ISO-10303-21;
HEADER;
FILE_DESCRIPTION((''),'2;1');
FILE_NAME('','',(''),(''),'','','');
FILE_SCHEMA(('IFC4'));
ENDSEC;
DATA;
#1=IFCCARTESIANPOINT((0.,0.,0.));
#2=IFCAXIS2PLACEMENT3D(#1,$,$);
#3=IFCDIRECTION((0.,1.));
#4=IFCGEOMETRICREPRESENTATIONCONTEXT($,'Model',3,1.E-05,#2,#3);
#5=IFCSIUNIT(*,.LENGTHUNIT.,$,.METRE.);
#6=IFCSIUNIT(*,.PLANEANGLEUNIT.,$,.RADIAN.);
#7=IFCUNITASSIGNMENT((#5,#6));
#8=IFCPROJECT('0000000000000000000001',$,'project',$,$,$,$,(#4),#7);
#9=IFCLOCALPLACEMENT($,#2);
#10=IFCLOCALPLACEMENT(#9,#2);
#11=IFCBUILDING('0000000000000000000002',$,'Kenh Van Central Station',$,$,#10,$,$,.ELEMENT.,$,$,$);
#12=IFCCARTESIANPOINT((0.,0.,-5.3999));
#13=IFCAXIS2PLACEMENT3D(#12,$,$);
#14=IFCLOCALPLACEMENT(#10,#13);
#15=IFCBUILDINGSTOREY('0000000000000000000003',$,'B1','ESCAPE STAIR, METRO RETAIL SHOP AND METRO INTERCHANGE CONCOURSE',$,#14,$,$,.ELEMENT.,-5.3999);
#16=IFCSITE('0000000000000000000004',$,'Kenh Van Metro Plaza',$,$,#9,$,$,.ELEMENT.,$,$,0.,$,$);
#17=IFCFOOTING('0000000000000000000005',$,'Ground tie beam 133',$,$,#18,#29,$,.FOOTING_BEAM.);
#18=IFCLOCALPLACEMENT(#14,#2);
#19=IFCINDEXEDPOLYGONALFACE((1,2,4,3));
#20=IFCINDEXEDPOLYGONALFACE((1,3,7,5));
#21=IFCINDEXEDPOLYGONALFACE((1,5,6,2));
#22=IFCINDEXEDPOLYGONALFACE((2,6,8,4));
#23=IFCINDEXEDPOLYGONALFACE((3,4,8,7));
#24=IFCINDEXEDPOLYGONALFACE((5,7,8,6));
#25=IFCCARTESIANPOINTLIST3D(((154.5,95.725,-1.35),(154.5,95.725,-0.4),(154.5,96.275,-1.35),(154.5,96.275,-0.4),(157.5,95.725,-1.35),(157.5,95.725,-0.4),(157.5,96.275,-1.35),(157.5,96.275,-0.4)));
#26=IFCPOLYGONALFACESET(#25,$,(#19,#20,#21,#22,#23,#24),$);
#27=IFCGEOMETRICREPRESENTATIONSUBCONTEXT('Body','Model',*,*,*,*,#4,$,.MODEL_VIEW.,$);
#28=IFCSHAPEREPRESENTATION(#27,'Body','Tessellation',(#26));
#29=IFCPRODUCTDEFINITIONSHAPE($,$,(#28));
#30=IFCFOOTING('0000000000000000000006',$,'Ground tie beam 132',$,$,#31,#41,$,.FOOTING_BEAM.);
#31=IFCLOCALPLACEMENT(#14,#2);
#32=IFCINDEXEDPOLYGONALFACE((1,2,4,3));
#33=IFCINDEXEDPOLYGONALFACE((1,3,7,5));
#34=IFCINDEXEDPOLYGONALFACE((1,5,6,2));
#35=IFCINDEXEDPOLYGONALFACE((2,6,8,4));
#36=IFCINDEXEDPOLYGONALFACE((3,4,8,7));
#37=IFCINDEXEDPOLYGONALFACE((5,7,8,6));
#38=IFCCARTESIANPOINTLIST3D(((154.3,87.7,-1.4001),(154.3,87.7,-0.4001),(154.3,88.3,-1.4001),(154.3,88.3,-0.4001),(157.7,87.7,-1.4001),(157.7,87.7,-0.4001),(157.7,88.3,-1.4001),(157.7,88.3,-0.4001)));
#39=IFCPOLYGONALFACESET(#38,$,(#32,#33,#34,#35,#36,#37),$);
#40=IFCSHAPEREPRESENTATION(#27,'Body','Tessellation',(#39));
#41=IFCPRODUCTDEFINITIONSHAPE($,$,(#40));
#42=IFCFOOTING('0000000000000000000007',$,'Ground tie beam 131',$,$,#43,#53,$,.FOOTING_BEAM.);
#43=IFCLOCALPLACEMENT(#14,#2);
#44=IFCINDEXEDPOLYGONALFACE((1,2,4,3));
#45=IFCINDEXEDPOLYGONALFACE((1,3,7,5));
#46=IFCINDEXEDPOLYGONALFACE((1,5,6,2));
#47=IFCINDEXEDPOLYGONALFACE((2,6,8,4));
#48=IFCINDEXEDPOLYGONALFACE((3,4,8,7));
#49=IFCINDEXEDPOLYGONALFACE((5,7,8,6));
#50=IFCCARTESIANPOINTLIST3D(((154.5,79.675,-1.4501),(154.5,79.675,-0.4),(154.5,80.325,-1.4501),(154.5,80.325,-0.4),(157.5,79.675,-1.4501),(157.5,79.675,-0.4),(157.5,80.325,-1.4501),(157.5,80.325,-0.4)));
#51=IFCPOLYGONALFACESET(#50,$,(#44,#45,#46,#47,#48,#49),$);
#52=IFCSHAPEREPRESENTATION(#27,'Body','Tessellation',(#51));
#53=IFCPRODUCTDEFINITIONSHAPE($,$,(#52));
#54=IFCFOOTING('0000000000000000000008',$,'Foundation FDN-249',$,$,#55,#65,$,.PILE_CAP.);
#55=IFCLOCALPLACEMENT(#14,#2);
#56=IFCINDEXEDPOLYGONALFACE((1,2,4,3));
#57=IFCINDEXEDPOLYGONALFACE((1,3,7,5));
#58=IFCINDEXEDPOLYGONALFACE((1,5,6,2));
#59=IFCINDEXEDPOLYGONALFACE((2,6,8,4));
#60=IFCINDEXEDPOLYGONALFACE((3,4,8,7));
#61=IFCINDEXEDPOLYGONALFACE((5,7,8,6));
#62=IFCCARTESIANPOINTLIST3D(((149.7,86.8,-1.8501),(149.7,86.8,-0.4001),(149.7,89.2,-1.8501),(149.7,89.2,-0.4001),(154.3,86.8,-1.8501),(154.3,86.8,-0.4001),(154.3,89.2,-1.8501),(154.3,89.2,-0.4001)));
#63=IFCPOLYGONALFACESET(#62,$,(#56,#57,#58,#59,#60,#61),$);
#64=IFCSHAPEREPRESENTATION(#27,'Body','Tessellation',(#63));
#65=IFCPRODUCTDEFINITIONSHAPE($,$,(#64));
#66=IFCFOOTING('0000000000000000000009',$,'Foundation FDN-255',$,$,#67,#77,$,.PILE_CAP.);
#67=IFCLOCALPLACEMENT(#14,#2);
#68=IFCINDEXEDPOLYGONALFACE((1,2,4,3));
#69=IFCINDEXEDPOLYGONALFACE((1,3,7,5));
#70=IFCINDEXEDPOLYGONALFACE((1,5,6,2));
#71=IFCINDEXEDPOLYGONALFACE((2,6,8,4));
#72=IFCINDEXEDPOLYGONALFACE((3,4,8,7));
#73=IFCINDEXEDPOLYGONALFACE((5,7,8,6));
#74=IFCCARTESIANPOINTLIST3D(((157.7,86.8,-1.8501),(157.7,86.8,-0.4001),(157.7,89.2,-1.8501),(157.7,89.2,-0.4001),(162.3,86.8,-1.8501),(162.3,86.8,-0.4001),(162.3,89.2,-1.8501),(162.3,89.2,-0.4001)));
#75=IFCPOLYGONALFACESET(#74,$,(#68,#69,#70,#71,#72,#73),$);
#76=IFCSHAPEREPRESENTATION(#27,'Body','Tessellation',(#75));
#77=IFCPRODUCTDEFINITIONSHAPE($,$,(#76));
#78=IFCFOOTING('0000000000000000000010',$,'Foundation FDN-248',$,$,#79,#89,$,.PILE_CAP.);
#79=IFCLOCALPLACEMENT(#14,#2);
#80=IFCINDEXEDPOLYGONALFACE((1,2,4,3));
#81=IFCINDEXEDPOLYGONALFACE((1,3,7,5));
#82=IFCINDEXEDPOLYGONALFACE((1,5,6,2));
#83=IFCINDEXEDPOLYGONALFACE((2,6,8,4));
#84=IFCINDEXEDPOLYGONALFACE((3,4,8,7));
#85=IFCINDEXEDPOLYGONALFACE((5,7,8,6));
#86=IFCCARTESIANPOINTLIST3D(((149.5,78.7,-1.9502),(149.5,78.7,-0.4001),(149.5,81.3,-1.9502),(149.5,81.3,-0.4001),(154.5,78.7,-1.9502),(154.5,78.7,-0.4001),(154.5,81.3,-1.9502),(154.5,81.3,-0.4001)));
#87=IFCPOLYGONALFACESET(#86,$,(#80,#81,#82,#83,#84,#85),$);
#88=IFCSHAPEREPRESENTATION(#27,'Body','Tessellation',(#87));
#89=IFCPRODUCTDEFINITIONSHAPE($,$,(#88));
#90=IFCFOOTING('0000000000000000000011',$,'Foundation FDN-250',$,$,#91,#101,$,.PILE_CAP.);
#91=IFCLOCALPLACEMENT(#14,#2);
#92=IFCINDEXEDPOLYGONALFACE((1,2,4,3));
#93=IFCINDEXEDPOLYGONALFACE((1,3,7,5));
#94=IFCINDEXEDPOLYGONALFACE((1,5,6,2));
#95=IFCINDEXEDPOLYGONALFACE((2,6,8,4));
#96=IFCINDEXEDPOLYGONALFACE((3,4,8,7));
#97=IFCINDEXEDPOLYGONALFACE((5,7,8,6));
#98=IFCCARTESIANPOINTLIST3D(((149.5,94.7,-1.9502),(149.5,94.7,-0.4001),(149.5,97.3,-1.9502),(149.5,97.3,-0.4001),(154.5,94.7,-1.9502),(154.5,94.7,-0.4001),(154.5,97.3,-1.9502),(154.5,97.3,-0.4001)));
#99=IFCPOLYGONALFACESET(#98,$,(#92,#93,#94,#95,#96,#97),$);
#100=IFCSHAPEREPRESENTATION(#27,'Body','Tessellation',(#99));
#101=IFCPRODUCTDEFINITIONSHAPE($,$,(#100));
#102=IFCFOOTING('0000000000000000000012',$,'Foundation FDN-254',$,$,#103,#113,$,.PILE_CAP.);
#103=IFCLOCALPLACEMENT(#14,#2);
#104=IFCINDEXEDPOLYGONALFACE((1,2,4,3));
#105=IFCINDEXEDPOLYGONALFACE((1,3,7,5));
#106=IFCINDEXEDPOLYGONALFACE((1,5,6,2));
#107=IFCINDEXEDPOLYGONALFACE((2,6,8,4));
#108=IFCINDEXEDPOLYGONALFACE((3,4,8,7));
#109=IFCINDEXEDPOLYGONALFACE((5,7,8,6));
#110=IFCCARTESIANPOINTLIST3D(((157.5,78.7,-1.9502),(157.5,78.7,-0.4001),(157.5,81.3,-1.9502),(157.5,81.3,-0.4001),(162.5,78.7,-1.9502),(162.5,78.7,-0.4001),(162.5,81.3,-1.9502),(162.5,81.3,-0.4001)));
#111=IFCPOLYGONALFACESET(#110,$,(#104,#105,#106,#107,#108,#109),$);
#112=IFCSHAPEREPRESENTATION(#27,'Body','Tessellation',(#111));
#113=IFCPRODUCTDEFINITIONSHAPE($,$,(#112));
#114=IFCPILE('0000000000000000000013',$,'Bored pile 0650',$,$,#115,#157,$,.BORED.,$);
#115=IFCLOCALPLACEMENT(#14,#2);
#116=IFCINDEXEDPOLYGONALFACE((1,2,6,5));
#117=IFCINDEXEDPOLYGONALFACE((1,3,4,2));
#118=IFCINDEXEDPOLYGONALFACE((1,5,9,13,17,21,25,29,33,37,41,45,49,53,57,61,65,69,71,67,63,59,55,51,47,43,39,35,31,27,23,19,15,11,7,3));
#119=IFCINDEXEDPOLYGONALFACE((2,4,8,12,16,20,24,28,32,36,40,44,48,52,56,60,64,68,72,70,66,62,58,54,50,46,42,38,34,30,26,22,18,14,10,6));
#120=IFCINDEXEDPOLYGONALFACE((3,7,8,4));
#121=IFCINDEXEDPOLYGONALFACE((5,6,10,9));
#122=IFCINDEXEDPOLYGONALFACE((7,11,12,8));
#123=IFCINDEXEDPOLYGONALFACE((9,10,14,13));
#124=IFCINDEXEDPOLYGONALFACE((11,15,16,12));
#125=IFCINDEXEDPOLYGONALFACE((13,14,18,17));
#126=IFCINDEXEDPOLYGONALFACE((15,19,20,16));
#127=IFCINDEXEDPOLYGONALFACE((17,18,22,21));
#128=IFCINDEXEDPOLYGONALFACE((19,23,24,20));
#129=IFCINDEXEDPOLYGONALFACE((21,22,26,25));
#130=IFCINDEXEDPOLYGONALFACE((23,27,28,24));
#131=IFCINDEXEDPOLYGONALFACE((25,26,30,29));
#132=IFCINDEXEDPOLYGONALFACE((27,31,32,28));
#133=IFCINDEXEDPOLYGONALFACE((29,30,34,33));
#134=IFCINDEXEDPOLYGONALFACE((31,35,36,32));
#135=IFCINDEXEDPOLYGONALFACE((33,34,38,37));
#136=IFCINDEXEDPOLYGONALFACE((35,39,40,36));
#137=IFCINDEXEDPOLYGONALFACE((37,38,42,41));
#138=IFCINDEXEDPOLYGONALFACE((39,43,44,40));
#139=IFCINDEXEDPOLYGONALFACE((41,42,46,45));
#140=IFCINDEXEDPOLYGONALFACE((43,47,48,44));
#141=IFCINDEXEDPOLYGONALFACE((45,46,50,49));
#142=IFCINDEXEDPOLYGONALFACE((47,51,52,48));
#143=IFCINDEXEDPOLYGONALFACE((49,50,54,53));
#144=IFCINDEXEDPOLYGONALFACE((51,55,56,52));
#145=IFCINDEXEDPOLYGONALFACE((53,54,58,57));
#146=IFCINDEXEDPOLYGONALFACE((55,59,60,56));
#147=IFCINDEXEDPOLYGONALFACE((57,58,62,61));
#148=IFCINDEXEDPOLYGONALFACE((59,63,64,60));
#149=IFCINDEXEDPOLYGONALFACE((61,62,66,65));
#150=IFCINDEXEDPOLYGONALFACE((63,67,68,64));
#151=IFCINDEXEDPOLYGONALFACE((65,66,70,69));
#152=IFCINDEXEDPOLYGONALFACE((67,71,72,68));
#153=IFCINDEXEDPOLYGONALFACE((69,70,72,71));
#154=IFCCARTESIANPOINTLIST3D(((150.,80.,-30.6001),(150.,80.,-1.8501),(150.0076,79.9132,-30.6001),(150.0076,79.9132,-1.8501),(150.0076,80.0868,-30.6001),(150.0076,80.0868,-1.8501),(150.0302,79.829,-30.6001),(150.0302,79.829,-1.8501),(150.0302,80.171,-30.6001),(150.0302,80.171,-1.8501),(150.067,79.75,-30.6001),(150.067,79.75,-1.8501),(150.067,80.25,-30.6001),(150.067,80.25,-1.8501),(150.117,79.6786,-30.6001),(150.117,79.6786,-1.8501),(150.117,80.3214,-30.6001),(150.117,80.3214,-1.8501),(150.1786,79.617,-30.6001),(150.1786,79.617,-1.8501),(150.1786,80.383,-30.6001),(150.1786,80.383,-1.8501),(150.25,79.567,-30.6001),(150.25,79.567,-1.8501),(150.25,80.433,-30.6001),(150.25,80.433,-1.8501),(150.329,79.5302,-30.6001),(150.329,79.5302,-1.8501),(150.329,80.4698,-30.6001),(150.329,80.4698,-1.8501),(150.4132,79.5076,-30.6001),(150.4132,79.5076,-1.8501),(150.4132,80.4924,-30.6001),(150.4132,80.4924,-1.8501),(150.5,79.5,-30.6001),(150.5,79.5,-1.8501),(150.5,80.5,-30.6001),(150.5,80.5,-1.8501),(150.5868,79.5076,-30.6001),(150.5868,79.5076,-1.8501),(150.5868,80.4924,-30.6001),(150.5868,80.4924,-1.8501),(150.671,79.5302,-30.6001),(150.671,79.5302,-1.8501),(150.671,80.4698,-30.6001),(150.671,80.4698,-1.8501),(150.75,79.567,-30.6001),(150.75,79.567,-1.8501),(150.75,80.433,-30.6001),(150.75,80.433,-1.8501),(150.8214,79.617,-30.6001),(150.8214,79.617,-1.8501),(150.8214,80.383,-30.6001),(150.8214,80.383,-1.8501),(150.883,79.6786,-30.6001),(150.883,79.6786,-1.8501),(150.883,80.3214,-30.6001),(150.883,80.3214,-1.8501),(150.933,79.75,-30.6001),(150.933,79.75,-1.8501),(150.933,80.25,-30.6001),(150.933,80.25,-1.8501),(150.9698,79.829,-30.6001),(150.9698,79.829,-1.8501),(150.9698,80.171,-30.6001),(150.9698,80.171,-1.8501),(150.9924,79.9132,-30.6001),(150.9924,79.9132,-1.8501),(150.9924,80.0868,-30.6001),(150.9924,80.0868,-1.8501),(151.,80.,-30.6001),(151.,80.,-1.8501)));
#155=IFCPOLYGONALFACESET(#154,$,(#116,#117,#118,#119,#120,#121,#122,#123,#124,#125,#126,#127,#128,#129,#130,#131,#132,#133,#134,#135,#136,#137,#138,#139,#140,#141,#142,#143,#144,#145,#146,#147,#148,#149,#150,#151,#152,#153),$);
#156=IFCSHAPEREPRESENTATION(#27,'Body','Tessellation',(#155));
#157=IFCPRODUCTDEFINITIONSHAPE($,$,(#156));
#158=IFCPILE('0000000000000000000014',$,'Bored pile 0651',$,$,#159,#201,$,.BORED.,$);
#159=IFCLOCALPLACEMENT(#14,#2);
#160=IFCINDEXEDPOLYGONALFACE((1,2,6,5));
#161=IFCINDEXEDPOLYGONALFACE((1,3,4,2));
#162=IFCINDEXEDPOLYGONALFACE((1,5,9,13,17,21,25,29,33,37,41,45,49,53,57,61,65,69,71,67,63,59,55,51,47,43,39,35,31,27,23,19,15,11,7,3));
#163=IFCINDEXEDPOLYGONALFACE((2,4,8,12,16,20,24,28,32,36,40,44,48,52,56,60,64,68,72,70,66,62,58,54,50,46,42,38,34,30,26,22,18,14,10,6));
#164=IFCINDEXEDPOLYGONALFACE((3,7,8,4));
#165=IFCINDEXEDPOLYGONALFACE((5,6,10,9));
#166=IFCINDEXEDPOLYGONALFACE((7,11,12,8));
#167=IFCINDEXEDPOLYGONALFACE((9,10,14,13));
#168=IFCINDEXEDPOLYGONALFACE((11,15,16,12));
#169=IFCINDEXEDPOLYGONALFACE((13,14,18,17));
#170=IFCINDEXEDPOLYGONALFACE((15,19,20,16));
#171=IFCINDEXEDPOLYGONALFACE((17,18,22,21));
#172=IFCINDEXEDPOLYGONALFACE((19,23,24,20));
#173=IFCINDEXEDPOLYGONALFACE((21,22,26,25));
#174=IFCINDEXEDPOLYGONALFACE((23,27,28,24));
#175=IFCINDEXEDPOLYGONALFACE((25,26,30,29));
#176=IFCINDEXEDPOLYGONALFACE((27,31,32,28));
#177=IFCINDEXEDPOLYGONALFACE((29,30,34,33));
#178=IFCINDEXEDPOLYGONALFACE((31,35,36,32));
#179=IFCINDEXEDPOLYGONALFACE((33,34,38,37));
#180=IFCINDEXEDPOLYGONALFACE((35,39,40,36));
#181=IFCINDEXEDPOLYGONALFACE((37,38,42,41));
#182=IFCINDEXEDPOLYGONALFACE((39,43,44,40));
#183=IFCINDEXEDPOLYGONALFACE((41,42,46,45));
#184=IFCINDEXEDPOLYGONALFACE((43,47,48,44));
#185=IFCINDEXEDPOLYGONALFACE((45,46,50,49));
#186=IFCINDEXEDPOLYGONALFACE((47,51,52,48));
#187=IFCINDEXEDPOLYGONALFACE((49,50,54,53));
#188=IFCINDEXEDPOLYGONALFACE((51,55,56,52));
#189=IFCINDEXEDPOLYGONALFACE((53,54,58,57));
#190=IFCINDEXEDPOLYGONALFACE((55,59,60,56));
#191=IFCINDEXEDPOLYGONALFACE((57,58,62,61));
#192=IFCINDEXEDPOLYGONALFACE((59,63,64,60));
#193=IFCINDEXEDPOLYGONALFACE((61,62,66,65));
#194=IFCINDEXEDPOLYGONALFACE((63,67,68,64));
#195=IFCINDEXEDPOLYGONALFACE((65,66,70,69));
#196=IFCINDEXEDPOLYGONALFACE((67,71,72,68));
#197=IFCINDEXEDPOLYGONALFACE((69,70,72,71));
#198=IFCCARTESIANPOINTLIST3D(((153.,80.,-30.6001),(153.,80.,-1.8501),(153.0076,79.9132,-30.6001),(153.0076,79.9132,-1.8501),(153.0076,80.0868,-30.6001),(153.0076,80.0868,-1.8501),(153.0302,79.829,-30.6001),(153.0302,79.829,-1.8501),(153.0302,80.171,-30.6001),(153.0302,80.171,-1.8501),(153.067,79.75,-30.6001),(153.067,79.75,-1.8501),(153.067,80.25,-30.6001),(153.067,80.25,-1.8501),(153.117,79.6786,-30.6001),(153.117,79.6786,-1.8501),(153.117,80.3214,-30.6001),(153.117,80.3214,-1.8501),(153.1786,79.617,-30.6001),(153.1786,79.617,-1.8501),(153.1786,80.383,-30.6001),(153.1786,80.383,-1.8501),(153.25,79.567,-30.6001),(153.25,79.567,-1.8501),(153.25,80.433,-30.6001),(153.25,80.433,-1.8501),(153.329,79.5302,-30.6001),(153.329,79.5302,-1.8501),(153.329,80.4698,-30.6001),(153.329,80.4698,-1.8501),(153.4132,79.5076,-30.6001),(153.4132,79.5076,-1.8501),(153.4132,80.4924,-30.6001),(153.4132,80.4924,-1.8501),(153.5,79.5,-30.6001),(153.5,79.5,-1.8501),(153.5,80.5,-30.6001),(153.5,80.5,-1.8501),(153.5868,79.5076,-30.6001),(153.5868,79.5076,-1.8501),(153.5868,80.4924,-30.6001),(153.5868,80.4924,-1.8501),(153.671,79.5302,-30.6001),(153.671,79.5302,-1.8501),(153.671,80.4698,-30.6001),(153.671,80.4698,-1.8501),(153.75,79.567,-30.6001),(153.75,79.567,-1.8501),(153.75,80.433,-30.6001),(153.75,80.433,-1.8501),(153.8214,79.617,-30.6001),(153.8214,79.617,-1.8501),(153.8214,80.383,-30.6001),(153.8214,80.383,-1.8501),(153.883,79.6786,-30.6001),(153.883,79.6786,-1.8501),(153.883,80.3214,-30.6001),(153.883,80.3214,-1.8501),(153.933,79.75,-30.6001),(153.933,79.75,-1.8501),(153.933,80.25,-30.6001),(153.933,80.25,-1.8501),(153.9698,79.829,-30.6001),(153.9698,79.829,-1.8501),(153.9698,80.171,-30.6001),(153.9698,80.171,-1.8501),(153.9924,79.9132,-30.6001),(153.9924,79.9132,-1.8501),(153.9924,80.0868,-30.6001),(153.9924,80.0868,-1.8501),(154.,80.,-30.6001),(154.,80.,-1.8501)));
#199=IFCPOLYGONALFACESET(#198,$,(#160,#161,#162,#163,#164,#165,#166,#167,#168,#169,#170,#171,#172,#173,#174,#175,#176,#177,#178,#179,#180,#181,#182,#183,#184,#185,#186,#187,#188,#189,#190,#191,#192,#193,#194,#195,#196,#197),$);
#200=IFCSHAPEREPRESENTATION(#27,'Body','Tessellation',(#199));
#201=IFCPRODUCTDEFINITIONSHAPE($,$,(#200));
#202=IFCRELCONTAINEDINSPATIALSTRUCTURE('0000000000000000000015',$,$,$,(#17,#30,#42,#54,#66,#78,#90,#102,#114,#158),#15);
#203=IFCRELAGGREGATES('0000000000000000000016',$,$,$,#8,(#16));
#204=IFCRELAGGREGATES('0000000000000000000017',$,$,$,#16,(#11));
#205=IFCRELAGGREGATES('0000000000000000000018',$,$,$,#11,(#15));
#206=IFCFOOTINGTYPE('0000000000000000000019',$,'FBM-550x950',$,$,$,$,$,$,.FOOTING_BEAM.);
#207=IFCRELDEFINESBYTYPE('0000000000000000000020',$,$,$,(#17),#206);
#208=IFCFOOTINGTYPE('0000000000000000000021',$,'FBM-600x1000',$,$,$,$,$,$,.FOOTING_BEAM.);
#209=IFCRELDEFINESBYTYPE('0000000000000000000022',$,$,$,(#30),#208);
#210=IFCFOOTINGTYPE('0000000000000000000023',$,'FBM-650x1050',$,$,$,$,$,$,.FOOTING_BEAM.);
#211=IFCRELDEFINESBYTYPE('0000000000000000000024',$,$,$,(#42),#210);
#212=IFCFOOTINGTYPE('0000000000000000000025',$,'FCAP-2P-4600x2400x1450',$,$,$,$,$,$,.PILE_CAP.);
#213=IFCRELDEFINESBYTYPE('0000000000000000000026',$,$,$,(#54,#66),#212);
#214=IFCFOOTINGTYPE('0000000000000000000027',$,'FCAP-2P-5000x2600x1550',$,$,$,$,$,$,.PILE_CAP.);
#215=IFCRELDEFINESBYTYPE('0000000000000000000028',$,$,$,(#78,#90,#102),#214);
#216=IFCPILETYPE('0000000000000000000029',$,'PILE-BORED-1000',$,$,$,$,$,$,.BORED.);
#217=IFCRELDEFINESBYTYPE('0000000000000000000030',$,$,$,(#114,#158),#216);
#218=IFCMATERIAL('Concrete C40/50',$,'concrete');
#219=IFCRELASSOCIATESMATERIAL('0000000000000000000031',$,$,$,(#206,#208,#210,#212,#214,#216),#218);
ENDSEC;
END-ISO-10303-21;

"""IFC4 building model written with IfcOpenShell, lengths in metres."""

from ifc_helpers import new_model, si_unit, direction, frame, origin, origin_2d, place, context, subcontext, project, spatial, rectangle, circle, extrude, material, material_profile, profile_set, type_object, element, save


model = new_model("IFC4")

# Units and contexts
model_context = context("Model", 3, precision=1e-05, world=origin(), true_north=direction((0.0, 1.0)))
body_context = subcontext(model_context, "Body", "Model", "MODEL_VIEW")
ifc_project = project(units=[si_unit("LENGTHUNIT", "METRE"), si_unit("PLANEANGLEUNIT", "RADIAN")], contexts=[model_context])

# Site, building, storey
site_placement = place(None, origin())
site = spatial("IfcSite", under=ifc_project, at=site_placement, Name="Kenh Van Metro Plaza", CompositionType="ELEMENT", RefElevation=0.0)
building_placement = place(site_placement, origin())
building = spatial("IfcBuilding", under=site, at=building_placement, Name="Kenh Van Central Station", CompositionType="ELEMENT")
storey_placement = place(building_placement, frame((0.0, 0.0, -5.3999)))
storey = spatial("IfcBuildingStorey", under=building, at=storey_placement, Name="B1", Description="ESCAPE STAIR, METRO RETAIL SHOP AND METRO INTERCHANGE CONCOURSE", CompositionType="ELEMENT", Elevation=-5.3999)

# Footings
ifc_material_1 = material(Name="Concrete C40/50", Category="concrete")
ifc_material_profile_1 = material_profile(ifc_material_1, rectangle(XDim=0.55, YDim=0.95, at=origin_2d()), Name="RC 550x950")
ifc_profile_set_1 = profile_set([ifc_material_profile_1], Name="Concrete C40/50")
footing_type_1 = type_object("IfcFootingType", Name="FBM-550x950", PredefinedType="FOOTING_BEAM", material=ifc_profile_set_1)
footing_1_placement = place(storey_placement, frame((154.5, 96.0, -0.875), z_axis=(1.0, 0.0, 0.0), x_axis=(0.0, 1.0, 0.0)))
element("IfcFooting", 1, at=footing_1_placement, inside=storey, type_object=footing_type_1, Name="Ground tie beam 133", PredefinedType="FOOTING_BEAM", context=body_context, shape_type="SweptSolid", body=[
    extrude(rectangle(XDim=0.55, YDim=0.95, at=origin_2d()), origin(), (0.0, 0.0, 1.0), 3.0),
])
ifc_material_profile_2 = material_profile(ifc_material_1, rectangle(XDim=0.6001, YDim=1.0, at=origin_2d()), Name="RC 600x1000")
ifc_profile_set_2 = profile_set([ifc_material_profile_2], Name="Concrete C40/50")
footing_type_2 = type_object("IfcFootingType", Name="FBM-600x1000", PredefinedType="FOOTING_BEAM", material=ifc_profile_set_2)
footing_2_placement = place(storey_placement, frame((154.3, 88.0, -0.9001), z_axis=(1.0, 0.0, 0.0), x_axis=(0.0, 1.0, 0.0)))
element("IfcFooting", 2, at=footing_2_placement, inside=storey, type_object=footing_type_2, Name="Ground tie beam 132", PredefinedType="FOOTING_BEAM", context=body_context, shape_type="SweptSolid", body=[
    extrude(rectangle(XDim=0.6001, YDim=1.0, at=origin_2d()), origin(), (0.0, 0.0, 1.0), 3.3999),
])
ifc_material_profile_3 = material_profile(ifc_material_1, rectangle(XDim=0.6499, YDim=1.05, at=origin_2d()), Name="RC 650x1050")
ifc_profile_set_3 = profile_set([ifc_material_profile_3], Name="Concrete C40/50")
footing_type_3 = type_object("IfcFootingType", Name="FBM-650x1050", PredefinedType="FOOTING_BEAM", material=ifc_profile_set_3)
footing_3_placement = place(storey_placement, frame((154.5, 80.0, -0.925), z_axis=(1.0, 0.0, 0.0), x_axis=(0.0, 1.0, 0.0)))
element("IfcFooting", 3, at=footing_3_placement, inside=storey, type_object=footing_type_3, Name="Ground tie beam 131", PredefinedType="FOOTING_BEAM", context=body_context, shape_type="SweptSolid", body=[
    extrude(rectangle(XDim=0.6499, YDim=1.05, at=origin_2d()), origin(), (0.0, 0.0, 1.0), 3.0),
])
footing_type_4 = type_object("IfcFootingType", Name="FCAP-2P-4600x2400x1450", PredefinedType="PILE_CAP", material=ifc_material_1)
for number, where, z_axis, x_axis, name in (
    (4, (152.0, 88.0, -1.8501), (0.0, 0.0, 1.0), (1.0, 0.0, 0.0), "Foundation FDN-249"),
    (5, (160.0, 88.0, -1.8501), (0.0, 0.0, 1.0), (1.0, 0.0, 0.0), "Foundation FDN-255"),
):
    element("IfcFooting", number, at=place(storey_placement, frame(where, z_axis=z_axis, x_axis=x_axis)), inside=storey, type_object=footing_type_4, Name=name, PredefinedType="PILE_CAP", context=body_context, shape_type="SweptSolid", body=[
        extrude(rectangle(XDim=4.6001, YDim=2.3999, at=origin_2d()), origin(), (0.0, 0.0, 1.0), 1.45),
    ])
footing_type_5 = type_object("IfcFootingType", Name="FCAP-2P-5000x2600x1550", PredefinedType="PILE_CAP", material=ifc_material_1)
for number, where, z_axis, x_axis, name in (
    (6, (152.0, 80.0, -1.9502), (0.0, 0.0, 1.0), (1.0, 0.0, 0.0), "Foundation FDN-248"),
    (7, (152.0, 96.0, -1.9502), (0.0, 0.0, 1.0), (1.0, 0.0, 0.0), "Foundation FDN-250"),
    (8, (160.0, 80.0, -1.9502), (0.0, 0.0, 1.0), (1.0, 0.0, 0.0), "Foundation FDN-254"),
):
    element("IfcFooting", number, at=place(storey_placement, frame(where, z_axis=z_axis, x_axis=x_axis)), inside=storey, type_object=footing_type_5, Name=name, PredefinedType="PILE_CAP", context=body_context, shape_type="SweptSolid", body=[
        extrude(rectangle(XDim=5.0, YDim=2.6001, at=origin_2d()), origin(), (0.0, 0.0, 1.0), 1.55),
    ])

# Piles
ifc_material_profile_4 = material_profile(ifc_material_1, circle(Radius=0.5, at=origin_2d()), Name="PILE D1000")
ifc_profile_set_4 = profile_set([ifc_material_profile_4], Name="Concrete C40/50")
pile_type = type_object("IfcPileType", Name="PILE-BORED-1000", PredefinedType="BORED", material=ifc_profile_set_4)
for number, where, z_axis, x_axis, name in (
    (9, (150.5, 80.0, -1.8501), (0.0, 0.0, -1.0), (1.0, 0.0, 0.0), "Bored pile 0650"),
    (10, (153.5, 80.0, -1.8501), (0.0, 0.0, -1.0), (1.0, 0.0, 0.0), "Bored pile 0651"),
):
    element("IfcPile", number, at=place(storey_placement, frame(where, z_axis=z_axis, x_axis=x_axis)), inside=storey, type_object=pile_type, Name=name, PredefinedType="BORED", context=body_context, shape_type="SweptSolid", body=[
        extrude(circle(Radius=0.5, at=origin_2d()), origin(), (0.0, 0.0, 1.0), 28.75),
    ])

save(model, "model.ifc")
